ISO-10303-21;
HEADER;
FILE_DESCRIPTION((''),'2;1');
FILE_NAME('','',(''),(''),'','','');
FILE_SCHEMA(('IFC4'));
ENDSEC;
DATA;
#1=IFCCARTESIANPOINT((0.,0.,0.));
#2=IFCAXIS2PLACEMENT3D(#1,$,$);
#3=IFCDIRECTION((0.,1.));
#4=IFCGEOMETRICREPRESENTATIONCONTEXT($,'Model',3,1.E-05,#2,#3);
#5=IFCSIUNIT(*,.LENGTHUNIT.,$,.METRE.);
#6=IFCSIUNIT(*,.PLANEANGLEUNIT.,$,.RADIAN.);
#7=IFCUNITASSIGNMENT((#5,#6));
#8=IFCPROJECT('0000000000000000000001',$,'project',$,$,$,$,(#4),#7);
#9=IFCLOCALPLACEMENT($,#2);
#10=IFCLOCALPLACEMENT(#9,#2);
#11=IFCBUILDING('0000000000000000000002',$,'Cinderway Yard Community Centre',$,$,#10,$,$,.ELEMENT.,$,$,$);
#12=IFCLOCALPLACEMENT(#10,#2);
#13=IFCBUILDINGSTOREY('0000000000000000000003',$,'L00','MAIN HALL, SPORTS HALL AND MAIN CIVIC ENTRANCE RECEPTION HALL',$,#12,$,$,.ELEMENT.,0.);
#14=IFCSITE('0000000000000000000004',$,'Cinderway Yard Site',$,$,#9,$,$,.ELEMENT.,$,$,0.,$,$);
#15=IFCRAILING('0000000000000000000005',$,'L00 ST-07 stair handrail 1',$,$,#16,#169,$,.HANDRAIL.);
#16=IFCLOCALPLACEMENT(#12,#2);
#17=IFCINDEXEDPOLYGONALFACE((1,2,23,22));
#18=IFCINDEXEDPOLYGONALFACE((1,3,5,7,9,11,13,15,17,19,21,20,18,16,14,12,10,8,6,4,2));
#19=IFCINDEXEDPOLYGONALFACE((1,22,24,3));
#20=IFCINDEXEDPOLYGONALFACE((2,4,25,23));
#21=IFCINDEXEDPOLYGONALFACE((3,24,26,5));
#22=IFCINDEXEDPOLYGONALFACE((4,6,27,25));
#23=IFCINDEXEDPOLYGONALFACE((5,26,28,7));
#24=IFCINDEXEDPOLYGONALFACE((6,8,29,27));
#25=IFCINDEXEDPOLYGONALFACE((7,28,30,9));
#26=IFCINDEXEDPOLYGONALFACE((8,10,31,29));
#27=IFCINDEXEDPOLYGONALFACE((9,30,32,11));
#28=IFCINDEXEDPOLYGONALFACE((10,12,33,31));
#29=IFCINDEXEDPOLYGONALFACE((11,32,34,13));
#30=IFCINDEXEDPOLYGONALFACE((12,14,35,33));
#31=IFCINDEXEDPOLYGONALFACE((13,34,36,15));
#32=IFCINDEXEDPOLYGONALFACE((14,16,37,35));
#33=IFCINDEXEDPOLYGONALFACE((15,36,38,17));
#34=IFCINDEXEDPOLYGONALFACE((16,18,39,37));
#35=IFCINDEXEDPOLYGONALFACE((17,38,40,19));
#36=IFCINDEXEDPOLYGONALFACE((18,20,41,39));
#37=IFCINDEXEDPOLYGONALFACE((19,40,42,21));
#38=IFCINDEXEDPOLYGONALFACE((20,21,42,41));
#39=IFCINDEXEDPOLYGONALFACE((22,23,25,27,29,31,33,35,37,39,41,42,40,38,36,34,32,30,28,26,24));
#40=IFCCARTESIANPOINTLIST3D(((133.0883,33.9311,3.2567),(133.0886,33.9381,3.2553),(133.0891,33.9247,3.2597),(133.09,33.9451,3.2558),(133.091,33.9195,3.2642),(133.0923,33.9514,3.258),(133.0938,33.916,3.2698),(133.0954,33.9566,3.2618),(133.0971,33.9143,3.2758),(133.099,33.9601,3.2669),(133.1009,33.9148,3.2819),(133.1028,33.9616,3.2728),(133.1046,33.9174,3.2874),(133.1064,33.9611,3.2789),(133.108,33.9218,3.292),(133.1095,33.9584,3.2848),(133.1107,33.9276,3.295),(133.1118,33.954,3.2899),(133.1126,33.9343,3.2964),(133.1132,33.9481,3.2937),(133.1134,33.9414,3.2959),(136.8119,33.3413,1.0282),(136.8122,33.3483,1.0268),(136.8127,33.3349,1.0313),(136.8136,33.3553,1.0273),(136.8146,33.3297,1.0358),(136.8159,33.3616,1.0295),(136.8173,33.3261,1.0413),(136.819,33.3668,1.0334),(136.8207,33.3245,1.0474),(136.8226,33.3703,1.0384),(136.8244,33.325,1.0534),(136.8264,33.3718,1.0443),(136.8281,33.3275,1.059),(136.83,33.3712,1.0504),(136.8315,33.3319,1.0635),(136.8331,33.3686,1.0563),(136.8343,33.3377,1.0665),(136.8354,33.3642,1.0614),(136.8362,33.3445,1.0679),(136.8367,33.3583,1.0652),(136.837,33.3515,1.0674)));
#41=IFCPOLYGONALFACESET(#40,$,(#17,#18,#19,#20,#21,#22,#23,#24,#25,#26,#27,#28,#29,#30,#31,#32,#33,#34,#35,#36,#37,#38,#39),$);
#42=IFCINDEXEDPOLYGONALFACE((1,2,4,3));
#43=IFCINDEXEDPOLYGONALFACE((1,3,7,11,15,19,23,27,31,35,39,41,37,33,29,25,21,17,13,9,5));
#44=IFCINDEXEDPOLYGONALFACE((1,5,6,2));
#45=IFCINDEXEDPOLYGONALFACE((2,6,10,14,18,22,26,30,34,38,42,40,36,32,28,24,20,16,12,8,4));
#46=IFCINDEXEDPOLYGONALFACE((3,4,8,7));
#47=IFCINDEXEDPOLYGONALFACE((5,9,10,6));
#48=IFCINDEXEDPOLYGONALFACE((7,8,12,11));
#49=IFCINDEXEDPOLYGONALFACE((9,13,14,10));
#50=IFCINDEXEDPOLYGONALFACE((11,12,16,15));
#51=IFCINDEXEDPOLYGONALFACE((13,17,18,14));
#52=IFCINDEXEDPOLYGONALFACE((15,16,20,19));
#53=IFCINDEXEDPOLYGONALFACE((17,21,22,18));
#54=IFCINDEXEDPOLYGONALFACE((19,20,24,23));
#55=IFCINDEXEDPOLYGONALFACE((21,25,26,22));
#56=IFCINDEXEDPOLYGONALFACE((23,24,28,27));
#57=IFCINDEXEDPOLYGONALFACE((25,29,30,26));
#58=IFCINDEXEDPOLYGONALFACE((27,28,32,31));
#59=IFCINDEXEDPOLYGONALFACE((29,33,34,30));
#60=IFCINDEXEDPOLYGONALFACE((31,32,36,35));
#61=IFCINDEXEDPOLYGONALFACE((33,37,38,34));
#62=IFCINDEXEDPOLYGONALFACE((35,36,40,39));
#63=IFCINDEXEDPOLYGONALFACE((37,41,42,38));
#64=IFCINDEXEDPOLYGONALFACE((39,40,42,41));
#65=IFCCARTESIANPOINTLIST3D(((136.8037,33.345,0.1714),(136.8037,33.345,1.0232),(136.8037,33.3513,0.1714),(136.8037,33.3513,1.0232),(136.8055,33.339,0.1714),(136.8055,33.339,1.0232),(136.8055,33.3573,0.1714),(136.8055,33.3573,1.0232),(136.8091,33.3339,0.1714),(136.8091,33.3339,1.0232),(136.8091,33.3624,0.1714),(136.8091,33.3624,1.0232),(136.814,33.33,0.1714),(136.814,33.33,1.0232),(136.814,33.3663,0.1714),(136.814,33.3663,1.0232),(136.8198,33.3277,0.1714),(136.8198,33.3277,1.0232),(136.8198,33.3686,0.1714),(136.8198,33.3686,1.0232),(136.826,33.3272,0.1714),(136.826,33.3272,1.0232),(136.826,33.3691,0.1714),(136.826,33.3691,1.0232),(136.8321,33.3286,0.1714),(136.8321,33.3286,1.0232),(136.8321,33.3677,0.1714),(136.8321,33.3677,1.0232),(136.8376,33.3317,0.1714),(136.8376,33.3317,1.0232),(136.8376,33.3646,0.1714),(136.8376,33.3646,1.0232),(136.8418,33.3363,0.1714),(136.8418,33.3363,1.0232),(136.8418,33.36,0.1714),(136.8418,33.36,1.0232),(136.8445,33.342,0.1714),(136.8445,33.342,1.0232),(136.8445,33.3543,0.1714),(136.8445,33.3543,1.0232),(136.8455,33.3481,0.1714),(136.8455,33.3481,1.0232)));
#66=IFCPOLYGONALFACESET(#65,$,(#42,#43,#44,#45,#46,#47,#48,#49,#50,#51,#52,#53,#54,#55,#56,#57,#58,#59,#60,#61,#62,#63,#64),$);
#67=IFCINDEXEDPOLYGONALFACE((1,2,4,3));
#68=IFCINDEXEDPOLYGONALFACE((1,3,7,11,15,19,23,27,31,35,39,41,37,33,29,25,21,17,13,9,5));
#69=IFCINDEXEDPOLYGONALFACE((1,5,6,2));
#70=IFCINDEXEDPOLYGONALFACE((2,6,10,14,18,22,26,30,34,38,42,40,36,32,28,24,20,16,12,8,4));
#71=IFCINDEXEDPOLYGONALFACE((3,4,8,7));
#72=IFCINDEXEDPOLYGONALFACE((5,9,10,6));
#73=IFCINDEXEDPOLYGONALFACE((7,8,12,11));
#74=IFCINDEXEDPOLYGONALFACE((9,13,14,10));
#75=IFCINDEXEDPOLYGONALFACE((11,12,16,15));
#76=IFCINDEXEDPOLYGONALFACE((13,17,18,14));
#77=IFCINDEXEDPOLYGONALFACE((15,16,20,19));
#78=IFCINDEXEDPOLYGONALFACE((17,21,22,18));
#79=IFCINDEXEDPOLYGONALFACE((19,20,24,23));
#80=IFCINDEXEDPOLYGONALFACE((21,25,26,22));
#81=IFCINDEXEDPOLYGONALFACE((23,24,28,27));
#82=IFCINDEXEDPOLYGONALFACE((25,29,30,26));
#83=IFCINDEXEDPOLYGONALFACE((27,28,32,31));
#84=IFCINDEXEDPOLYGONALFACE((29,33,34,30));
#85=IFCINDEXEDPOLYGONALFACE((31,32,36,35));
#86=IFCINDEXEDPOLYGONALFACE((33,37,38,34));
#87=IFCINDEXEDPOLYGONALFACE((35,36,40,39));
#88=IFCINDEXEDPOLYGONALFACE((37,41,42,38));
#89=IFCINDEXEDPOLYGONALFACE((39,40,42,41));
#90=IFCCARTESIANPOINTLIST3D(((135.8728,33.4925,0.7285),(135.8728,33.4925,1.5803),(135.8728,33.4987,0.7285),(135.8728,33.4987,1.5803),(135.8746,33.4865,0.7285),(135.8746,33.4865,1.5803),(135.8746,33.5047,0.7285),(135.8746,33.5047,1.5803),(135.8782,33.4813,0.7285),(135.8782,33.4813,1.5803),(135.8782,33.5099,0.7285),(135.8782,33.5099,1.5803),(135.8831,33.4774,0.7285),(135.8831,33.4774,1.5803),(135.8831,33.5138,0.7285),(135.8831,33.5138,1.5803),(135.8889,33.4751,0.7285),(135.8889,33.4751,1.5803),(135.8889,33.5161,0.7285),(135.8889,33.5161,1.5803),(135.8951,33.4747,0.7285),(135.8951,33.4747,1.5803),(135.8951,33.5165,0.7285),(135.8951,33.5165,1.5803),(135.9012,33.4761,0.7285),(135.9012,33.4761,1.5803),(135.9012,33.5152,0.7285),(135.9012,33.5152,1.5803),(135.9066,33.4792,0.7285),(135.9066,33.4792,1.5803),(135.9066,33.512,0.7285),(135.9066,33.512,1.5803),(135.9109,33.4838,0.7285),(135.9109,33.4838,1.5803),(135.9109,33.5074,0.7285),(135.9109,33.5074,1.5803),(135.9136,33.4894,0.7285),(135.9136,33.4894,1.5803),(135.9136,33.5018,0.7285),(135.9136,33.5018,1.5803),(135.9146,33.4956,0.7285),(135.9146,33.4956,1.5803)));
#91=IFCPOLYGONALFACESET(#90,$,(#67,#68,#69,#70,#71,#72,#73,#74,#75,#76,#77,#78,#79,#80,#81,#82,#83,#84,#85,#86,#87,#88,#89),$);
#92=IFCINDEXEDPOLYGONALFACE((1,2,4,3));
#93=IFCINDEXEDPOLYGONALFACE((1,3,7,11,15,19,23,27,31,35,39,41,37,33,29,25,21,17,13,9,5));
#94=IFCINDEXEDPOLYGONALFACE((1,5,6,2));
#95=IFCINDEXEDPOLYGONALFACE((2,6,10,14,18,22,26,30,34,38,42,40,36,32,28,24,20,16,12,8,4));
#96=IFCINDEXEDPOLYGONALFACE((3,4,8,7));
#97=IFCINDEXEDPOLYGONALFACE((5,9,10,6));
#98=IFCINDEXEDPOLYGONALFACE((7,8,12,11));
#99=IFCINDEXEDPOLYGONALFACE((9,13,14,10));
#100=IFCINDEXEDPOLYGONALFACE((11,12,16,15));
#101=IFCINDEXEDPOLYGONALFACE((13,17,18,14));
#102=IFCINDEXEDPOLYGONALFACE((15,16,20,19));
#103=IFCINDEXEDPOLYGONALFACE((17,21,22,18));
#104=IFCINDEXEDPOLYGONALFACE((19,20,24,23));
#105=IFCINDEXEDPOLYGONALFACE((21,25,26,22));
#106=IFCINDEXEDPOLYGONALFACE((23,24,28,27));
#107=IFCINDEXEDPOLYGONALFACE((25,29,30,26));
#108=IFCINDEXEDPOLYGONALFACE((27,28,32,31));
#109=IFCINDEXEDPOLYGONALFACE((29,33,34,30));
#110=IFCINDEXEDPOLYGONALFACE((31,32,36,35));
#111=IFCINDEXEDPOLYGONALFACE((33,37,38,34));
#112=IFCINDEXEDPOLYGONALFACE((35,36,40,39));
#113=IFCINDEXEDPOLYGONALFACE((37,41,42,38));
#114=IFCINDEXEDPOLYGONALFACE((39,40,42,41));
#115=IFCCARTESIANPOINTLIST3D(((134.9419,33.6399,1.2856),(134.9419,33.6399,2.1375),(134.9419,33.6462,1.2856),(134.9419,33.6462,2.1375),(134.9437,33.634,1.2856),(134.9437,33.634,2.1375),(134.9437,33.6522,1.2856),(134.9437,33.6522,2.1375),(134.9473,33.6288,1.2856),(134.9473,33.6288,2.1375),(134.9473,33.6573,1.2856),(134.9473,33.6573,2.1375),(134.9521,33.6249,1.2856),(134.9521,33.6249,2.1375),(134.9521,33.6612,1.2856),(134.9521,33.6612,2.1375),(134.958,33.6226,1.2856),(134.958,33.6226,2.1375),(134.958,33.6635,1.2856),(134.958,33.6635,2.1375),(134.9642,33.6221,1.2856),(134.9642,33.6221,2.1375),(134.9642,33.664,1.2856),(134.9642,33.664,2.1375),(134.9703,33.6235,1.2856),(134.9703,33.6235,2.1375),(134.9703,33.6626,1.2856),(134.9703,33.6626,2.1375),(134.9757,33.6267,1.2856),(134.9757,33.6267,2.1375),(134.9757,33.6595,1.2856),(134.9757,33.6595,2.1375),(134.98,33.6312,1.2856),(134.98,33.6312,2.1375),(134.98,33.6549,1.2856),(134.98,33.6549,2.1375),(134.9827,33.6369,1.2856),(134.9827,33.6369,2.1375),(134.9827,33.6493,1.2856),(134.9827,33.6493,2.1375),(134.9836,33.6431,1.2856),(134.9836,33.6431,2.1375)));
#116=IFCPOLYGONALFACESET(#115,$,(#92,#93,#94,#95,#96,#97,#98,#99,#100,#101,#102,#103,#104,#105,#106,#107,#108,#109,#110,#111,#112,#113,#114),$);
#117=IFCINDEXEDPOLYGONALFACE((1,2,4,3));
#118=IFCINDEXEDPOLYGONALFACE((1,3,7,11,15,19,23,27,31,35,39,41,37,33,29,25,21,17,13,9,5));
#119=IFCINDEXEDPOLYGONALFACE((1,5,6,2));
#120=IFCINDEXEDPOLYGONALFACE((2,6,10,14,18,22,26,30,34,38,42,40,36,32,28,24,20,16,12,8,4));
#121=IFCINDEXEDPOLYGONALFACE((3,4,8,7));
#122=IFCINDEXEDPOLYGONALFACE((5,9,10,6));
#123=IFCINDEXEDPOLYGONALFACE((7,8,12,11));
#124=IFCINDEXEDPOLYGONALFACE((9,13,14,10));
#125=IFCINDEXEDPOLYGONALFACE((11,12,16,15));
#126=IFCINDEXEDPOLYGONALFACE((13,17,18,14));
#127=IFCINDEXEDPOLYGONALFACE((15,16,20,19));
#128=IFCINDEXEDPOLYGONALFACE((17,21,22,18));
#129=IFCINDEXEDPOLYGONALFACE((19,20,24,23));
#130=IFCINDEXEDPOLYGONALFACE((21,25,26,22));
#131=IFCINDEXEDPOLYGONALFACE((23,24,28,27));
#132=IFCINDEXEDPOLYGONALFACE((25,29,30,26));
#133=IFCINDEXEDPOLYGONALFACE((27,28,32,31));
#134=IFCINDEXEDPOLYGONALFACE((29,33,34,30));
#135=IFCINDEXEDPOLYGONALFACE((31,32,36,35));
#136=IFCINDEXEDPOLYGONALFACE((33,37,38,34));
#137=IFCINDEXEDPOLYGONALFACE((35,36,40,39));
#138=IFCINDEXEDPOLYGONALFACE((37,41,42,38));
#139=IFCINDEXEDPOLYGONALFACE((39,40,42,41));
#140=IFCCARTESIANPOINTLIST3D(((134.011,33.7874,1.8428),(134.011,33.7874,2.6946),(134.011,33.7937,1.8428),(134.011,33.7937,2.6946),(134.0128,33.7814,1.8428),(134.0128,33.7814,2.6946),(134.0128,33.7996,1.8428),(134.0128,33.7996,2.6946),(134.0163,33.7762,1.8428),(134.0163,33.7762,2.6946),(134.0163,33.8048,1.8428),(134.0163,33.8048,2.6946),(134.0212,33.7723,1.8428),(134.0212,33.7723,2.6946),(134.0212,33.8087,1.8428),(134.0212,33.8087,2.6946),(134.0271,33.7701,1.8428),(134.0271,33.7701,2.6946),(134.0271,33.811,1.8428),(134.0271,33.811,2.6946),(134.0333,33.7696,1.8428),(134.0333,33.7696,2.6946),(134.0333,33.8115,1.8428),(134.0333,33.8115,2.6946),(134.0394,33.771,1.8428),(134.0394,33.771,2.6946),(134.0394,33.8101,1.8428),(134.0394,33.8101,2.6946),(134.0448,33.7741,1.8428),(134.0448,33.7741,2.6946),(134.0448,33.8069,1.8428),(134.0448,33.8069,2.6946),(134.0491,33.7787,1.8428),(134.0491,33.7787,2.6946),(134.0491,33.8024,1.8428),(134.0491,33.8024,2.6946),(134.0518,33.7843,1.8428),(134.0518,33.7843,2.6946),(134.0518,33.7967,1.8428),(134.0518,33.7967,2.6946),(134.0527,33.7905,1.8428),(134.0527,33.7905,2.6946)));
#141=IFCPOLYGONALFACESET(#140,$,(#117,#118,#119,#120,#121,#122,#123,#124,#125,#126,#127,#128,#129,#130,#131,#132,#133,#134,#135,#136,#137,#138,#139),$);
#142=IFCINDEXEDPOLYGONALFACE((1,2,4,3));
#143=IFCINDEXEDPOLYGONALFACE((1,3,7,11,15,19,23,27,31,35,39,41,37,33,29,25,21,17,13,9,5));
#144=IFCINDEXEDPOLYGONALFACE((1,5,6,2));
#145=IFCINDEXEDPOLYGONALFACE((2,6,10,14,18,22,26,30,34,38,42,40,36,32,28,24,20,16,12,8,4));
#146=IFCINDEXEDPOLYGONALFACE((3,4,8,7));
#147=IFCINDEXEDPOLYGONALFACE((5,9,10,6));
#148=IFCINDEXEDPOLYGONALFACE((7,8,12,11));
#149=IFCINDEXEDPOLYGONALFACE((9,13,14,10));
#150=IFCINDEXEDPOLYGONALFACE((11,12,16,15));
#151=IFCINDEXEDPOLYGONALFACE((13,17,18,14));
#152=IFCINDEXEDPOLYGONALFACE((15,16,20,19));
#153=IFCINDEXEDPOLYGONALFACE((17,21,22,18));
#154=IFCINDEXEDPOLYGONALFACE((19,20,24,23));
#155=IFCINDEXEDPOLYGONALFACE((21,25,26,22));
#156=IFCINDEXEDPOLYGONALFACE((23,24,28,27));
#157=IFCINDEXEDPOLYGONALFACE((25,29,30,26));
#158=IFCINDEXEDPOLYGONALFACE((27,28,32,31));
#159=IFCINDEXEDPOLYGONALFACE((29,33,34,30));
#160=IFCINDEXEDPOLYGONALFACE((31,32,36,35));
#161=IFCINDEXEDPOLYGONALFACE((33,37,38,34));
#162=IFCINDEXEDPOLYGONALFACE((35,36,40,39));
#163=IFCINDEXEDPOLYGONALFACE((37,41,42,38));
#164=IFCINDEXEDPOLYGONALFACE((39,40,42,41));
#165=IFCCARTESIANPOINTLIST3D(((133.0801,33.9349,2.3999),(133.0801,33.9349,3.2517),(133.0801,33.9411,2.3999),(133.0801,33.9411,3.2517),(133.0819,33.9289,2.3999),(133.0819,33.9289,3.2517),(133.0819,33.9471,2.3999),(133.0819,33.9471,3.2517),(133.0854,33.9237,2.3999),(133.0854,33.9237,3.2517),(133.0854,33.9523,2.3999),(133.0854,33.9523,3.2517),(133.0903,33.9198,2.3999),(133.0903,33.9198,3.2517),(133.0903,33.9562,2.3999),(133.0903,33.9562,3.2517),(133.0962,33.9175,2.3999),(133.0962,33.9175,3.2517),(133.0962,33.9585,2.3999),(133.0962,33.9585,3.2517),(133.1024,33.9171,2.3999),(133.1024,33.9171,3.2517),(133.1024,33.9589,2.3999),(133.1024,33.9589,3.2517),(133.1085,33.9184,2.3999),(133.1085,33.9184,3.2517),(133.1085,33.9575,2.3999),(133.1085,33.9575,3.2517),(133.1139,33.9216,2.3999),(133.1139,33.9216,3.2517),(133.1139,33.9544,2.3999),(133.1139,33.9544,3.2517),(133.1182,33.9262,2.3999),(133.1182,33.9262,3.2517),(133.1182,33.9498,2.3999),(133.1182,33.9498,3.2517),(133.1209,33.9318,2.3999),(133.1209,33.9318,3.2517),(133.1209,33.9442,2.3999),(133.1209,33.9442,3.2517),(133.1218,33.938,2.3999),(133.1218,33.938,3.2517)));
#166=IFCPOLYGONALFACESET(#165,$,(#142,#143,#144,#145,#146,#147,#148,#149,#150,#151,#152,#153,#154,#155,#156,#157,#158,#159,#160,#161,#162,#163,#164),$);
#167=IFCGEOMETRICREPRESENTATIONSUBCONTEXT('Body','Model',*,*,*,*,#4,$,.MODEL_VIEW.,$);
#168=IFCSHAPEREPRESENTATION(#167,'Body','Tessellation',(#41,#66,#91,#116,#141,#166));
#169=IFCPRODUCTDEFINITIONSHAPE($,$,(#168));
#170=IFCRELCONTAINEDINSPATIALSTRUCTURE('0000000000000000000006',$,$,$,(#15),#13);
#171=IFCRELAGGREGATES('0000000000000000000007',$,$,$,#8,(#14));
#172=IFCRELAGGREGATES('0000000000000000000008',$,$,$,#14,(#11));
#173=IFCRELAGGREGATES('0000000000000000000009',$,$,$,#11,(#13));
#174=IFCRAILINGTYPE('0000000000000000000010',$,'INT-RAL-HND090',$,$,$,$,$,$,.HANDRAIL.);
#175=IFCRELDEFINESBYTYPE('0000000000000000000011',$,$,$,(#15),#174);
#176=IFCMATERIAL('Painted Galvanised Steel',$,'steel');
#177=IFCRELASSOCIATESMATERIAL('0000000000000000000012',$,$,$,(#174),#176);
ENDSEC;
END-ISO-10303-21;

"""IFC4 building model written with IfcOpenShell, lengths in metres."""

from ifc_helpers import new_model, si_unit, direction, frame, origin, origin_2d, place, context, subcontext, project, spatial, circle, extrude, material, type_object, element, save


model = new_model("IFC4")

# Units and contexts
model_context = context("Model", 3, precision=1e-05, world=origin(), true_north=direction((0.0, 1.0)))
body_context = subcontext(model_context, "Body", "Model", "MODEL_VIEW")
ifc_project = project(units=[si_unit("LENGTHUNIT", "METRE"), si_unit("PLANEANGLEUNIT", "RADIAN")], contexts=[model_context])

# Site, building, storey
site_placement = place(None, origin())
site = spatial("IfcSite", under=ifc_project, at=site_placement, Name="Cinderway Yard Site", CompositionType="ELEMENT", RefElevation=0.0)
building_placement = place(site_placement, origin())
building = spatial("IfcBuilding", under=site, at=building_placement, Name="Cinderway Yard Community Centre", CompositionType="ELEMENT")
storey_placement = place(building_placement, origin())
storey = spatial("IfcBuildingStorey", under=building, at=storey_placement, Name="L00", Description="MAIN HALL, SPORTS HALL AND MAIN CIVIC ENTRANCE RECEPTION HALL", CompositionType="ELEMENT", Elevation=0.0)

# Shared definitions
ifc_material_1 = material(Name="Painted Galvanised Steel", Category="steel")

# Railing
railing_type_1 = type_object("IfcRailingType", Name="INT-RAL-HND090", PredefinedType="HANDRAIL", material=ifc_material_1)
railing_1_placement = place(storey_placement, frame((136.8245, 33.3481, 0.1714)))
element("IfcRailing", 1, at=railing_1_placement, inside=storey, type_object=railing_type_1, Name="L00 ST-07 stair handrail 1", PredefinedType="HANDRAIL", context=body_context, shape_type="SweptSolid", body=[
    extrude(circle(Radius=0.0239, at=origin_2d()), frame((0.0, 0.0, 0.876), z_axis=(-0.85025, 0.134684, 0.508857), x_axis=(-0.156455, -0.987685, 0.0)), (0.0, 0.0, 1.0), 4.3794),
    extrude(circle(Radius=0.021, at=origin_2d()), origin(), (0.0, 0.0, 1.0), 0.8518),
    extrude(circle(Radius=0.021, at=origin_2d()), frame((-0.9309, 0.1475, 0.5571)), (0.0, 0.0, 1.0), 0.8518),
    extrude(circle(Radius=0.021, at=origin_2d()), frame((-1.8618, 0.2949, 1.1143)), (0.0, 0.0, 1.0), 0.8518),
    extrude(circle(Radius=0.021, at=origin_2d()), frame((-2.7927, 0.4424, 1.6714)), (0.0, 0.0, 1.0), 0.8518),
    extrude(circle(Radius=0.021, at=origin_2d()), frame((-3.7236, 0.5898, 2.2285)), (0.0, 0.0, 1.0), 0.8518),
])

save(model, "model.ifc")
